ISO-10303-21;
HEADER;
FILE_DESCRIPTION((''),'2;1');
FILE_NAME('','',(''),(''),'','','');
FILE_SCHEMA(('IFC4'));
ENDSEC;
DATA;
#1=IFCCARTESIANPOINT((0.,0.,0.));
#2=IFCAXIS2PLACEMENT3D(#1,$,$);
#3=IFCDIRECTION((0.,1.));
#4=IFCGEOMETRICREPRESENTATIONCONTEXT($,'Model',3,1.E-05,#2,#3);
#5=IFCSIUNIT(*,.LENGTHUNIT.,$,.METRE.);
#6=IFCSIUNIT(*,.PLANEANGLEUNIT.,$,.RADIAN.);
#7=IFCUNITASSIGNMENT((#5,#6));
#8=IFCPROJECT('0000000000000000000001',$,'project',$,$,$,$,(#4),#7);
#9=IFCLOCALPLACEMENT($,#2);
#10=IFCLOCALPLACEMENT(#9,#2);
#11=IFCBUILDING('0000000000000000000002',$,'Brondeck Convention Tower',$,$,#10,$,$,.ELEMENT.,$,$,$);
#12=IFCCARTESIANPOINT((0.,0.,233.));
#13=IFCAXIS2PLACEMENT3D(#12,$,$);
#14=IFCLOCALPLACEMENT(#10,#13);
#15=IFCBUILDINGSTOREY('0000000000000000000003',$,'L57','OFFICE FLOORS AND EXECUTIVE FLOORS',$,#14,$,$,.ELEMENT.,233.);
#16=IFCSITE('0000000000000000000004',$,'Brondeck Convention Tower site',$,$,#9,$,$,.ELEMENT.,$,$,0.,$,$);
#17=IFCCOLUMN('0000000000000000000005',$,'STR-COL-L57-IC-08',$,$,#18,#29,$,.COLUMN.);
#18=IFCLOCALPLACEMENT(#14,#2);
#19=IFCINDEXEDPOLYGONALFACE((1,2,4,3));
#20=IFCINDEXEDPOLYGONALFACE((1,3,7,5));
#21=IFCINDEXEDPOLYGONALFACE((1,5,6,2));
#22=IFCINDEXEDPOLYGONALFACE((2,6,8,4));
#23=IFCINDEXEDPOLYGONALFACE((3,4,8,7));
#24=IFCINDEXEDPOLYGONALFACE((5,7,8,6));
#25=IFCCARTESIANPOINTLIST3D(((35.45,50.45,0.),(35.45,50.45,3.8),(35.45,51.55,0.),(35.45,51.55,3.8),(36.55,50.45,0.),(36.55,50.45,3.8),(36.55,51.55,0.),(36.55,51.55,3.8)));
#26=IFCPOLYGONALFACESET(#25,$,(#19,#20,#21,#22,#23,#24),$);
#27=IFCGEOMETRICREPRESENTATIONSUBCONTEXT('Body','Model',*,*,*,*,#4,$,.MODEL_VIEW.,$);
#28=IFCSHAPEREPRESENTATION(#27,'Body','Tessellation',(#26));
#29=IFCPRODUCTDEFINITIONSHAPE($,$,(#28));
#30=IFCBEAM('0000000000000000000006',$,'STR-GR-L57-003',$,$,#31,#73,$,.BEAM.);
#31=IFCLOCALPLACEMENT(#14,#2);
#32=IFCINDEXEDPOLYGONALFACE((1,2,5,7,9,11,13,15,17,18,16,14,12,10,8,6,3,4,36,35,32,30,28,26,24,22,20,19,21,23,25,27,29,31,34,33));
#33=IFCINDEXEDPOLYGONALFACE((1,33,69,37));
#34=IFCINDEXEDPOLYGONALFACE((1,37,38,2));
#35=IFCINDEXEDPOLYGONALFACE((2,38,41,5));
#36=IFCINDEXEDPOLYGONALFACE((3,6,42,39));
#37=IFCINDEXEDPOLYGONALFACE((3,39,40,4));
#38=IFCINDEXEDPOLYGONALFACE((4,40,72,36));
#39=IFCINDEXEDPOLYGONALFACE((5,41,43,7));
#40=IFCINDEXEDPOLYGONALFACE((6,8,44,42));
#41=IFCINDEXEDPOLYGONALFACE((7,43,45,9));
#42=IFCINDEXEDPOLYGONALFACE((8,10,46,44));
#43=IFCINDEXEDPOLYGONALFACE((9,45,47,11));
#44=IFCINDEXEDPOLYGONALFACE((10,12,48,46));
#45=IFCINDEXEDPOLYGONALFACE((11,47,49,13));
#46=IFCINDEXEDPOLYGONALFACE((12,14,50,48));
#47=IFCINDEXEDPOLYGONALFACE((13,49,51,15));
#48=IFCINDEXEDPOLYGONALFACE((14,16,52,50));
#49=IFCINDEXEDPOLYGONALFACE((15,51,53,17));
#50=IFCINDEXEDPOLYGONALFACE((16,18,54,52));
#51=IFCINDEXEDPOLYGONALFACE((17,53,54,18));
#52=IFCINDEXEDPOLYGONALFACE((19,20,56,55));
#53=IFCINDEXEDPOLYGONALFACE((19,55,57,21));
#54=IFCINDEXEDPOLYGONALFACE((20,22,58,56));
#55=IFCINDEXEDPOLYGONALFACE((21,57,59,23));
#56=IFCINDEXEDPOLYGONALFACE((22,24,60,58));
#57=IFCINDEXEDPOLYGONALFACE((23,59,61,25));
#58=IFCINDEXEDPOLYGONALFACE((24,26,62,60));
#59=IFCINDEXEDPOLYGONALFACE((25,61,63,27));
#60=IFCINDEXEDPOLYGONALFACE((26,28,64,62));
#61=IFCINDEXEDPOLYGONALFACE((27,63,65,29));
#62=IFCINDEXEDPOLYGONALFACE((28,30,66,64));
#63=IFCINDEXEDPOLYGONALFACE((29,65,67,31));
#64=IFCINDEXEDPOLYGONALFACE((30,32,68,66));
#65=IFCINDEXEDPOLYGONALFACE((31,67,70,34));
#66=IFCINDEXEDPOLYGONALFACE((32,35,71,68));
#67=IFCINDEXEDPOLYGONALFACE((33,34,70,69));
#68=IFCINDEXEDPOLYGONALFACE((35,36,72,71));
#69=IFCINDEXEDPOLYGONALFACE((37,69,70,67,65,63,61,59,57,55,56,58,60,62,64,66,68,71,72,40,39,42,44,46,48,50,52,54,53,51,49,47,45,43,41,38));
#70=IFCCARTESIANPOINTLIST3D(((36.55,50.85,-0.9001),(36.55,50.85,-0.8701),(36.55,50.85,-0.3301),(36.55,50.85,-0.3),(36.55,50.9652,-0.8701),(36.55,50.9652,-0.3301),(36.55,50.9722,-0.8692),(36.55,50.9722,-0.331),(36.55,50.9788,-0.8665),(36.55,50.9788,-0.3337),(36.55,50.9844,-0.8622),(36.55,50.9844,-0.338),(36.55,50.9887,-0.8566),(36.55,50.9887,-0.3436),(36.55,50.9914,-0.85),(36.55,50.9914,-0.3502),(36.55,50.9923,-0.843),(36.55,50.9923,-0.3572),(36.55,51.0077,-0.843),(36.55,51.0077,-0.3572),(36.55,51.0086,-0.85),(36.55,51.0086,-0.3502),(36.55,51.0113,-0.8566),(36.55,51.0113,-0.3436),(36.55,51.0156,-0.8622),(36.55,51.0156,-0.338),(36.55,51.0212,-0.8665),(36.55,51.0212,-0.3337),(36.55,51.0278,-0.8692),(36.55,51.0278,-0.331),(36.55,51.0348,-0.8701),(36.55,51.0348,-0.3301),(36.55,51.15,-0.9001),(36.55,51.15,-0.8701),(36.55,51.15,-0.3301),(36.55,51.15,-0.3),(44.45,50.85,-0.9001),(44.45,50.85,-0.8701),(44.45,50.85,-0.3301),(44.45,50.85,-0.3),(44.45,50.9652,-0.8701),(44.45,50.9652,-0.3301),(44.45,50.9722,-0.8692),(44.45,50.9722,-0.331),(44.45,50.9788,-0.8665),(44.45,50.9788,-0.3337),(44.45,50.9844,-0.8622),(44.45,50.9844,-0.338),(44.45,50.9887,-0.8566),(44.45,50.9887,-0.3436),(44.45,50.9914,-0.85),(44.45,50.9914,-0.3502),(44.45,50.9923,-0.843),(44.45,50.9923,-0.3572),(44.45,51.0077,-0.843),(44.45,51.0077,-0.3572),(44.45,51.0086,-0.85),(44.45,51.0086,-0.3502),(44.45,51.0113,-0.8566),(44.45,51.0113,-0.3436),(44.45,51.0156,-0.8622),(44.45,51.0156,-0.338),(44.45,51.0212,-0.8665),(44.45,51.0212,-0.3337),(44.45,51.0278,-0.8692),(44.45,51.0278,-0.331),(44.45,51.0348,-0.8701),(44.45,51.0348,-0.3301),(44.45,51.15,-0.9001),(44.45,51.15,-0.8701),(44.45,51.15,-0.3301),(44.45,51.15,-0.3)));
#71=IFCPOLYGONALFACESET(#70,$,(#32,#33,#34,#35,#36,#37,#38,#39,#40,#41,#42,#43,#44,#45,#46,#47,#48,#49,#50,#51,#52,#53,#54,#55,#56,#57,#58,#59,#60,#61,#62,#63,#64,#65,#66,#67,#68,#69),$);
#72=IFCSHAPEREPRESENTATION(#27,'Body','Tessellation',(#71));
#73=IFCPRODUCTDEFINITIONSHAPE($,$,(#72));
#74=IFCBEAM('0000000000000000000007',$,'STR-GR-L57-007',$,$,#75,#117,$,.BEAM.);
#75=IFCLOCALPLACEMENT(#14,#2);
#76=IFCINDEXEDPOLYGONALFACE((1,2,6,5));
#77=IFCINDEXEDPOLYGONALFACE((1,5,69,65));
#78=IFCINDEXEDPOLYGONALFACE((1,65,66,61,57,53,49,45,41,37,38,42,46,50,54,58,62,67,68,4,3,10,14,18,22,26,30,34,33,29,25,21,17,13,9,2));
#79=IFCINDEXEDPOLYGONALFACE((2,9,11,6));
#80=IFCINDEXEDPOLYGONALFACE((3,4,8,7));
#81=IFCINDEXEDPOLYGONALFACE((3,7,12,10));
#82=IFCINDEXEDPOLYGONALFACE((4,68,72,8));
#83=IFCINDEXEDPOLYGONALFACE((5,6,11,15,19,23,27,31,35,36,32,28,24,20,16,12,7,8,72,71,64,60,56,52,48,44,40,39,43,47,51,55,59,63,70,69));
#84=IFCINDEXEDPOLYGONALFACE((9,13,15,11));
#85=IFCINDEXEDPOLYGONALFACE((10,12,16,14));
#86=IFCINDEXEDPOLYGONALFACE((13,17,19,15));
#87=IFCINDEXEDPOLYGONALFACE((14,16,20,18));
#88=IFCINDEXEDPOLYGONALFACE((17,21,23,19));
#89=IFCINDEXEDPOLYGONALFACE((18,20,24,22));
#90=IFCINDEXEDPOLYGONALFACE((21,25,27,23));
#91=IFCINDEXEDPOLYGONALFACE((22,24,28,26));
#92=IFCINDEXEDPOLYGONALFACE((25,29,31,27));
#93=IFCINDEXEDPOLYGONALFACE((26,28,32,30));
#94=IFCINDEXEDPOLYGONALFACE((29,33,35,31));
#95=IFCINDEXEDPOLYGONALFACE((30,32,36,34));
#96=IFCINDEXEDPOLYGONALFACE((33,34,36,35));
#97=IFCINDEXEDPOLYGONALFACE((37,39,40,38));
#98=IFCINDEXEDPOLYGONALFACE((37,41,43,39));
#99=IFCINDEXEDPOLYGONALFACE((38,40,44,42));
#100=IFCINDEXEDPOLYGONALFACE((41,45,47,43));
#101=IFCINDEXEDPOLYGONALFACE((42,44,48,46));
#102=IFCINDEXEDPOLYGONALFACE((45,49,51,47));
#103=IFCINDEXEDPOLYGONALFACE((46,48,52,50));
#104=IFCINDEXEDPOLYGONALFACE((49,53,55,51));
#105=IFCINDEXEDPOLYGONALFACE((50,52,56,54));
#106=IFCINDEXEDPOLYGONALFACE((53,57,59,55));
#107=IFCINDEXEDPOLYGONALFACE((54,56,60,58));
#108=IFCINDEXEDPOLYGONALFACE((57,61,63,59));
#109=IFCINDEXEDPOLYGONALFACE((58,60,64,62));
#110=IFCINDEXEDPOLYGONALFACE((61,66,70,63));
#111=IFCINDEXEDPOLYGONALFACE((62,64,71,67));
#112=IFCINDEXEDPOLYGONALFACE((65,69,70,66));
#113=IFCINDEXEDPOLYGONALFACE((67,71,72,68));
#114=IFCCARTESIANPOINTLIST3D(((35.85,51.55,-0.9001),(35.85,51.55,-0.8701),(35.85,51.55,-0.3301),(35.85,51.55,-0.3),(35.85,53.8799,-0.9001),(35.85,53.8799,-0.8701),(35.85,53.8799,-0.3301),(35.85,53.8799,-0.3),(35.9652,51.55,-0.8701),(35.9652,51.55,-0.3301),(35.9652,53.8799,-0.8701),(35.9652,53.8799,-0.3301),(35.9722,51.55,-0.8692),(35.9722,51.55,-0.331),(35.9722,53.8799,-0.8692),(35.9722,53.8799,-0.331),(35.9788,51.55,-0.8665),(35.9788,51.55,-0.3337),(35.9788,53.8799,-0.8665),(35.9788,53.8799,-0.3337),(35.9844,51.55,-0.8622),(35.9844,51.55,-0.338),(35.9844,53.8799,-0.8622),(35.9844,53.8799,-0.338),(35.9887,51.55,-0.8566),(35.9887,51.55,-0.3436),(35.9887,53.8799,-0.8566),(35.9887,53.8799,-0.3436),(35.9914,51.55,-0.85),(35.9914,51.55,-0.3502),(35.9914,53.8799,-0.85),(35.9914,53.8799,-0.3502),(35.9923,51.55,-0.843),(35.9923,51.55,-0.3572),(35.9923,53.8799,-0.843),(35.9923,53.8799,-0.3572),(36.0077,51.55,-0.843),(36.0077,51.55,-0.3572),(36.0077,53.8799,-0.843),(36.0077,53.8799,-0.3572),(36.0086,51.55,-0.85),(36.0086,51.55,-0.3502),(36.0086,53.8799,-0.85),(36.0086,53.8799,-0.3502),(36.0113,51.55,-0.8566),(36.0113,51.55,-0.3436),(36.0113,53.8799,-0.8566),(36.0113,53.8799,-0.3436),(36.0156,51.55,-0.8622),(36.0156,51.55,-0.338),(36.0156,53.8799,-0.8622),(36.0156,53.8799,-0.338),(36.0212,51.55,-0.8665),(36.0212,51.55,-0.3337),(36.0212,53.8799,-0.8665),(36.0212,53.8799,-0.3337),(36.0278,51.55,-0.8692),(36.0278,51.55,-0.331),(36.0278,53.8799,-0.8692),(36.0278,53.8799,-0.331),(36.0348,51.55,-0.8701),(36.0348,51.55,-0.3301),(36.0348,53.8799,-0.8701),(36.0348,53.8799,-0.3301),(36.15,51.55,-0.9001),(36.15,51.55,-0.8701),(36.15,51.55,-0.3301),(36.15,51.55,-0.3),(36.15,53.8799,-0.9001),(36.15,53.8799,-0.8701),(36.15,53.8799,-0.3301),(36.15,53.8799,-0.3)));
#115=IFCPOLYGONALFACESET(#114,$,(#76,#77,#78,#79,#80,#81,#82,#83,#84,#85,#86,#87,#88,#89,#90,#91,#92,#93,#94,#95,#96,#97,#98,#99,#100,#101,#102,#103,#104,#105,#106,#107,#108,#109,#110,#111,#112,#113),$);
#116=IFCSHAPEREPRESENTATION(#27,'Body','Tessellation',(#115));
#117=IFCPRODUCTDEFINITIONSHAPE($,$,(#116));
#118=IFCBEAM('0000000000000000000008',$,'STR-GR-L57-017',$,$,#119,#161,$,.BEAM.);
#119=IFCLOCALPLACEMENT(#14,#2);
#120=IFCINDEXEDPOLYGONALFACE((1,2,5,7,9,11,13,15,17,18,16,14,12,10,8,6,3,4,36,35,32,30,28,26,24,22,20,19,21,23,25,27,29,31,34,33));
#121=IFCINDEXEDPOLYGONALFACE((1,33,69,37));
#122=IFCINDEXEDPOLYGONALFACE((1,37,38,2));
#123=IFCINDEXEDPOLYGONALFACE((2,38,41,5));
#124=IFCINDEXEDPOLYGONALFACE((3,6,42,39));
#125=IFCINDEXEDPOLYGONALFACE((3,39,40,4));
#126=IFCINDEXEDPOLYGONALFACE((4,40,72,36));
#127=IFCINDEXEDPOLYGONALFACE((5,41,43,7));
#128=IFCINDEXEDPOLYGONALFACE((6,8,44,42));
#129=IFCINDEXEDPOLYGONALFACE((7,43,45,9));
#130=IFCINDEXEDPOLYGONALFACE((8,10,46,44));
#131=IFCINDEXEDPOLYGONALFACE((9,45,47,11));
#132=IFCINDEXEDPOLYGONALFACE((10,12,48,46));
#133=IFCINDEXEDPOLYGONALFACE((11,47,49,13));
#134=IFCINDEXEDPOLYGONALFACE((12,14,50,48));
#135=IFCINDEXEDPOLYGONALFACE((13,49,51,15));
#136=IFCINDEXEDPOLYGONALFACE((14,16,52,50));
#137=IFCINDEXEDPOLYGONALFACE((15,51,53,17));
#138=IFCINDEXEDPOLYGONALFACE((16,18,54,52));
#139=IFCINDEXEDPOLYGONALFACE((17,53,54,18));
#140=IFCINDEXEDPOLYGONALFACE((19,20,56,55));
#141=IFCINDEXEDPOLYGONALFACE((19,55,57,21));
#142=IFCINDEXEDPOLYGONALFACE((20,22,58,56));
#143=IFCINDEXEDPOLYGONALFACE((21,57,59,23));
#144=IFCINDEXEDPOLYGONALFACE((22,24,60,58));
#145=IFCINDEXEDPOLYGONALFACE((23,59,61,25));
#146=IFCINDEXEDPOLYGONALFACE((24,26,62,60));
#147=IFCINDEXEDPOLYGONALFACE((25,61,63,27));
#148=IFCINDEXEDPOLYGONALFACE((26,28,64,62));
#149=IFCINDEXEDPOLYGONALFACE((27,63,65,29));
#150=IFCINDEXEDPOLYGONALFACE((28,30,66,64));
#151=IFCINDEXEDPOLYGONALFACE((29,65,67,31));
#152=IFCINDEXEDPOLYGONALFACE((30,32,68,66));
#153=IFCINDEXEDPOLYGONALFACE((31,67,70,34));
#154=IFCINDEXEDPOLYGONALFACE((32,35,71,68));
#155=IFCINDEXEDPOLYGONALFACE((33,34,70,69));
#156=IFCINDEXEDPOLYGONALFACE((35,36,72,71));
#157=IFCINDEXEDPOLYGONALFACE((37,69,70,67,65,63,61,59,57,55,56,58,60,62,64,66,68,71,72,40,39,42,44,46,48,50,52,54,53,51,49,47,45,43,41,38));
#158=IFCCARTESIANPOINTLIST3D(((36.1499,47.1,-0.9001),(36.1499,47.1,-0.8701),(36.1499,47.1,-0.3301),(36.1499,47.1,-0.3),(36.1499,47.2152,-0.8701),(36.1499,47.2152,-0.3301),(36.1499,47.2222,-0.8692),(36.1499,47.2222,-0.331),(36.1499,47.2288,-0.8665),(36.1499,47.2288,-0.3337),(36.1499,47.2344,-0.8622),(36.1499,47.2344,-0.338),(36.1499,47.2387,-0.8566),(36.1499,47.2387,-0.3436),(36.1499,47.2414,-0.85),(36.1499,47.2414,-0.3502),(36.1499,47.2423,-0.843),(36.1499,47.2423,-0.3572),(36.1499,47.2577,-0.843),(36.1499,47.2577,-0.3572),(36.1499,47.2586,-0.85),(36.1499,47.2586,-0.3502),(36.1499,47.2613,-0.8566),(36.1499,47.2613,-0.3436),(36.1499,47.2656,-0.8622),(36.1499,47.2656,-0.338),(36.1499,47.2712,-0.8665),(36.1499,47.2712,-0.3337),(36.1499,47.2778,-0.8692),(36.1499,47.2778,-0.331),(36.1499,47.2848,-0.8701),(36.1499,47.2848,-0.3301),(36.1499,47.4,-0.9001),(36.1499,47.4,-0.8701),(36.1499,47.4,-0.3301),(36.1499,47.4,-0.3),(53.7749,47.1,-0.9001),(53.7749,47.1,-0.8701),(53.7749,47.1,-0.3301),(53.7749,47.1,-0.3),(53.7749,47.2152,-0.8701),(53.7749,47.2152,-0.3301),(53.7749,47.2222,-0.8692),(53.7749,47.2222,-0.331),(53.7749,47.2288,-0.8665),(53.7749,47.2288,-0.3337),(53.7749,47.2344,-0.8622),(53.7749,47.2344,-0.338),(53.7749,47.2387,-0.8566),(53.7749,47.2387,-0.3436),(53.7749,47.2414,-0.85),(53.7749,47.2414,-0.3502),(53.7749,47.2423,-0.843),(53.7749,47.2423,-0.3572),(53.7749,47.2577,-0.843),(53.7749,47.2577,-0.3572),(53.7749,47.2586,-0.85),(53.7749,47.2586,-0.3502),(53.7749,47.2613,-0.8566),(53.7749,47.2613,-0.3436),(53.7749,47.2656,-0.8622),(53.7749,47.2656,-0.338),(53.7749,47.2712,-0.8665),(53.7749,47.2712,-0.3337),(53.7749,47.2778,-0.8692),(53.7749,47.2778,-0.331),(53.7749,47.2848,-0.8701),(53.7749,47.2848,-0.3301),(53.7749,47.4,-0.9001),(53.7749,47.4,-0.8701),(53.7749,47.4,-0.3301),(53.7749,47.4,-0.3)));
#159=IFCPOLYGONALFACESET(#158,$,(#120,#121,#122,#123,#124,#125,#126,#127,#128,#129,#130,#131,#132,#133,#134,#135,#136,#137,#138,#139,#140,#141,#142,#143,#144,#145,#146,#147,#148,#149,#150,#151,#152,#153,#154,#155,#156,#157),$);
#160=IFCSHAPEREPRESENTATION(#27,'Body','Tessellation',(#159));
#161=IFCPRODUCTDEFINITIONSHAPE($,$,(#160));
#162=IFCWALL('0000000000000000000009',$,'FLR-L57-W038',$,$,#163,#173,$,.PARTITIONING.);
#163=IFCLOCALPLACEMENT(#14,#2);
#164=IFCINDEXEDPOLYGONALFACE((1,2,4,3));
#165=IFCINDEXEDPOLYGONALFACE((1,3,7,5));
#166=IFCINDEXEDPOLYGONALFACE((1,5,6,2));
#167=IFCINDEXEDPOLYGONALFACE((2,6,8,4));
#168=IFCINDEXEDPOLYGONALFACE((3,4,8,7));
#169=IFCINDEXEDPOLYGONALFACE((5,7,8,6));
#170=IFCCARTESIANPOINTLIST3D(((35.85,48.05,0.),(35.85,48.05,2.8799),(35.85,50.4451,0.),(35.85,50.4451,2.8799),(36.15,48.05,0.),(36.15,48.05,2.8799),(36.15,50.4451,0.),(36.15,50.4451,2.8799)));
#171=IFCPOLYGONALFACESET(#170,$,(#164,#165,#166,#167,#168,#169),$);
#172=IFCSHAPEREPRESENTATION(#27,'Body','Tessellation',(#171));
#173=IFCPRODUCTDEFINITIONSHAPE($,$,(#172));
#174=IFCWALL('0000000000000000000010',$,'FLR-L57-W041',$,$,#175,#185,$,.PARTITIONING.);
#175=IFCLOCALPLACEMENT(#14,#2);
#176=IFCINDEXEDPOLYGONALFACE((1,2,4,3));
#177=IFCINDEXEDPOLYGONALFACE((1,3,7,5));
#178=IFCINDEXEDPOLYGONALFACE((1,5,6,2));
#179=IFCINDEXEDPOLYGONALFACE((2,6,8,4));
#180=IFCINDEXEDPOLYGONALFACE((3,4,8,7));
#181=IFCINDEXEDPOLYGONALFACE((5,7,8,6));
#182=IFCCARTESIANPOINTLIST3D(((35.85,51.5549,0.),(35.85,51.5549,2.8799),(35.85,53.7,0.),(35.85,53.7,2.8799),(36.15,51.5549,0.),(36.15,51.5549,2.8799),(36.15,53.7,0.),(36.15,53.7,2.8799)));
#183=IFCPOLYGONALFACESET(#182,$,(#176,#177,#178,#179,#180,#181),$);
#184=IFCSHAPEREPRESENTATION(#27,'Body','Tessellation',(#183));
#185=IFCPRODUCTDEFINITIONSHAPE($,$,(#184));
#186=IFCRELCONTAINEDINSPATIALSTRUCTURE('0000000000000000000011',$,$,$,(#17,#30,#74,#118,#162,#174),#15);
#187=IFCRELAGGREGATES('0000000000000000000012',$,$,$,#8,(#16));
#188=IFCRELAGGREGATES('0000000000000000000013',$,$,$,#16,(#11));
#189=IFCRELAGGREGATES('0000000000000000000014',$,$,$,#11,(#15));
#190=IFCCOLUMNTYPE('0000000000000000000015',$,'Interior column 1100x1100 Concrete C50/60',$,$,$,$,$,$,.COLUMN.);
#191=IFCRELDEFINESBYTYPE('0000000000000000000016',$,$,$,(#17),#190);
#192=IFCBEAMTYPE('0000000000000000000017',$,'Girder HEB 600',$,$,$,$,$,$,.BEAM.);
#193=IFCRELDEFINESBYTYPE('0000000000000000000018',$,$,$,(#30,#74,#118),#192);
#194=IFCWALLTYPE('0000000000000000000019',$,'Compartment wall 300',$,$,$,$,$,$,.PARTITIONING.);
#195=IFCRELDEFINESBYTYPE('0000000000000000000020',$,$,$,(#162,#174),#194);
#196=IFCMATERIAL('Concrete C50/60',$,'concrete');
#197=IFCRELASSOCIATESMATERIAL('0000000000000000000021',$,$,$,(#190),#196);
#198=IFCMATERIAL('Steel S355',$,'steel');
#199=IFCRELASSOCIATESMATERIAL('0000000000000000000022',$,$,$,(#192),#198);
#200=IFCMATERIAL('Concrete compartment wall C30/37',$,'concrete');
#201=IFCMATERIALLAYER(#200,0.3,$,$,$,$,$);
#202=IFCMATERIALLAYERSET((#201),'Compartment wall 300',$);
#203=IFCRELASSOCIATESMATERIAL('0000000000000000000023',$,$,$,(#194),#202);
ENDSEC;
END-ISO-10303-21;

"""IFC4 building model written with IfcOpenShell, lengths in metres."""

from ifc_helpers import new_model, si_unit, direction, frame, frame_2d, origin, origin_2d, place, context, subcontext, project, spatial, rectangle, i_section, extrude, material, layer, layer_set, material_profile, profile_set, type_object, element, save


model = new_model("IFC4")

# Units and contexts
model_context = context("Model", 3, precision=1e-05, world=origin(), true_north=direction((0.0, 1.0)))
body_context = subcontext(model_context, "Body", "Model", "MODEL_VIEW")
ifc_project = project(units=[si_unit("LENGTHUNIT", "METRE"), si_unit("PLANEANGLEUNIT", "RADIAN")], contexts=[model_context])

# Site, building, storey
site_placement = place(None, origin())
site = spatial("IfcSite", under=ifc_project, at=site_placement, Name="Brondeck Convention Tower site", CompositionType="ELEMENT", RefElevation=0.0)
building_placement = place(site_placement, origin())
building = spatial("IfcBuilding", under=site, at=building_placement, Name="Brondeck Convention Tower", CompositionType="ELEMENT")
storey_placement = place(building_placement, frame((0.0, 0.0, 233.0)))
storey = spatial("IfcBuildingStorey", under=building, at=storey_placement, Name="L57", Description="OFFICE FLOORS AND EXECUTIVE FLOORS", CompositionType="ELEMENT", Elevation=233.0)

# Column
ifc_material_1 = material(Name="Concrete C50/60", Category="concrete")
ifc_material_profile_1 = material_profile(ifc_material_1, rectangle(XDim=1.1001, YDim=1.1001, at=origin_2d()), Name="Interior column 1100x1100 Concrete C50/60")
ifc_profile_set_1 = profile_set([ifc_material_profile_1], Name="Concrete C50/60")
column_type = type_object("IfcColumnType", Name="Interior column 1100x1100 Concrete C50/60", PredefinedType="COLUMN", material=ifc_profile_set_1)
column_placement = place(storey_placement, frame((36.0, 51.0, 0.0), z_axis=(0.0, 0.0, 1.0), x_axis=(1.0, 0.0, 0.0)))
element("IfcColumn", 1, at=column_placement, inside=storey, type_object=column_type, Name="STR-COL-L57-IC-08", PredefinedType="COLUMN", context=body_context, shape_type="SweptSolid", body=[
    extrude(rectangle(XDim=1.1001, YDim=1.1001, at=origin_2d()), origin(), (0.0, 0.0, 1.0), 3.8),
])

# Beams
ifc_material_2 = material(Name="Steel S355", Category="steel")
ifc_material_profile_2 = material_profile(ifc_material_2, i_section(OverallWidth=0.3, OverallDepth=0.6001, WebThickness=0.0154, FlangeThickness=0.03, FilletRadius=0.0271, at=origin_2d()), Name="HEB 600")
ifc_profile_set_2 = profile_set([ifc_material_profile_2], Name="Steel S355")
beam_type = type_object("IfcBeamType", Name="Girder HEB 600", PredefinedType="BEAM", material=ifc_profile_set_2)
beam_1_placement = place(storey_placement, frame((36.55, 51.0, -0.6001), z_axis=(1.0, 0.0, 0.0), x_axis=(0.0, 1.0, 0.0)))
element("IfcBeam", 2, at=beam_1_placement, inside=storey, type_object=beam_type, Name="STR-GR-L57-003", PredefinedType="BEAM", context=body_context, shape_type="SweptSolid", body=[
    extrude(i_section(OverallWidth=0.3, OverallDepth=0.6001, WebThickness=0.0154, FlangeThickness=0.03, FilletRadius=0.0271, at=origin_2d()), origin(), (0.0, 0.0, 1.0), 7.8999),
])
beam_2_placement = place(storey_placement, frame((36.0, 51.55, -0.6001), z_axis=(0.0, 1.0, 0.0), x_axis=(-1.0, 0.0, 0.0)))
element("IfcBeam", 3, at=beam_2_placement, inside=storey, type_object=beam_type, Name="STR-GR-L57-007", PredefinedType="BEAM", context=body_context, shape_type="SweptSolid", body=[
    extrude(i_section(OverallWidth=0.3, OverallDepth=0.6001, WebThickness=0.0154, FlangeThickness=0.03, FilletRadius=0.0271, at=origin_2d()), origin(), (0.0, 0.0, 1.0), 2.3298),
])
beam_3_placement = place(storey_placement, frame((36.1499, 47.25, -0.6001), z_axis=(1.0, 0.0, 0.0), x_axis=(0.0, 1.0, 0.0)))
element("IfcBeam", 4, at=beam_3_placement, inside=storey, type_object=beam_type, Name="STR-GR-L57-017", PredefinedType="BEAM", context=body_context, shape_type="SweptSolid", body=[
    extrude(i_section(OverallWidth=0.3, OverallDepth=0.6001, WebThickness=0.0154, FlangeThickness=0.03, FilletRadius=0.0271, at=origin_2d()), origin(), (0.0, 0.0, 1.0), 17.625),
])

# Walls
ifc_material_3 = material(Name="Concrete compartment wall C30/37", Category="concrete")
ifc_layer_1 = layer(ifc_material_3, 0.3)
ifc_layer_set_1 = layer_set([ifc_layer_1], Name="Compartment wall 300")
wall_type_1 = type_object("IfcWallType", Name="Compartment wall 300", PredefinedType="PARTITIONING", material=ifc_layer_set_1)
wall_1_placement = place(storey_placement, frame((36.0, 48.05, 0.0), z_axis=(0.0, 0.0, 1.0), x_axis=(0.0, 1.0, 0.0)))
element("IfcWall", 5, at=wall_1_placement, inside=storey, type_object=wall_type_1, Name="FLR-L57-W038", PredefinedType="PARTITIONING", context=body_context, shape_type="SweptSolid", body=[
    extrude(rectangle(XDim=2.395, YDim=0.3, at=frame_2d((1.1975, 0.0))), origin(), (0.0, 0.0, 1.0), 2.8799),
])
wall_2_placement = place(storey_placement, frame((36.0, 51.5549, 0.0), z_axis=(0.0, 0.0, 1.0), x_axis=(0.0, 1.0, 0.0)))
element("IfcWall", 6, at=wall_2_placement, inside=storey, type_object=wall_type_1, Name="FLR-L57-W041", PredefinedType="PARTITIONING", context=body_context, shape_type="SweptSolid", body=[
    extrude(rectangle(XDim=2.145, YDim=0.3, at=frame_2d((1.0725, 0.0))), origin(), (0.0, 0.0, 1.0), 2.8799),
])

save(model, "model.ifc")
